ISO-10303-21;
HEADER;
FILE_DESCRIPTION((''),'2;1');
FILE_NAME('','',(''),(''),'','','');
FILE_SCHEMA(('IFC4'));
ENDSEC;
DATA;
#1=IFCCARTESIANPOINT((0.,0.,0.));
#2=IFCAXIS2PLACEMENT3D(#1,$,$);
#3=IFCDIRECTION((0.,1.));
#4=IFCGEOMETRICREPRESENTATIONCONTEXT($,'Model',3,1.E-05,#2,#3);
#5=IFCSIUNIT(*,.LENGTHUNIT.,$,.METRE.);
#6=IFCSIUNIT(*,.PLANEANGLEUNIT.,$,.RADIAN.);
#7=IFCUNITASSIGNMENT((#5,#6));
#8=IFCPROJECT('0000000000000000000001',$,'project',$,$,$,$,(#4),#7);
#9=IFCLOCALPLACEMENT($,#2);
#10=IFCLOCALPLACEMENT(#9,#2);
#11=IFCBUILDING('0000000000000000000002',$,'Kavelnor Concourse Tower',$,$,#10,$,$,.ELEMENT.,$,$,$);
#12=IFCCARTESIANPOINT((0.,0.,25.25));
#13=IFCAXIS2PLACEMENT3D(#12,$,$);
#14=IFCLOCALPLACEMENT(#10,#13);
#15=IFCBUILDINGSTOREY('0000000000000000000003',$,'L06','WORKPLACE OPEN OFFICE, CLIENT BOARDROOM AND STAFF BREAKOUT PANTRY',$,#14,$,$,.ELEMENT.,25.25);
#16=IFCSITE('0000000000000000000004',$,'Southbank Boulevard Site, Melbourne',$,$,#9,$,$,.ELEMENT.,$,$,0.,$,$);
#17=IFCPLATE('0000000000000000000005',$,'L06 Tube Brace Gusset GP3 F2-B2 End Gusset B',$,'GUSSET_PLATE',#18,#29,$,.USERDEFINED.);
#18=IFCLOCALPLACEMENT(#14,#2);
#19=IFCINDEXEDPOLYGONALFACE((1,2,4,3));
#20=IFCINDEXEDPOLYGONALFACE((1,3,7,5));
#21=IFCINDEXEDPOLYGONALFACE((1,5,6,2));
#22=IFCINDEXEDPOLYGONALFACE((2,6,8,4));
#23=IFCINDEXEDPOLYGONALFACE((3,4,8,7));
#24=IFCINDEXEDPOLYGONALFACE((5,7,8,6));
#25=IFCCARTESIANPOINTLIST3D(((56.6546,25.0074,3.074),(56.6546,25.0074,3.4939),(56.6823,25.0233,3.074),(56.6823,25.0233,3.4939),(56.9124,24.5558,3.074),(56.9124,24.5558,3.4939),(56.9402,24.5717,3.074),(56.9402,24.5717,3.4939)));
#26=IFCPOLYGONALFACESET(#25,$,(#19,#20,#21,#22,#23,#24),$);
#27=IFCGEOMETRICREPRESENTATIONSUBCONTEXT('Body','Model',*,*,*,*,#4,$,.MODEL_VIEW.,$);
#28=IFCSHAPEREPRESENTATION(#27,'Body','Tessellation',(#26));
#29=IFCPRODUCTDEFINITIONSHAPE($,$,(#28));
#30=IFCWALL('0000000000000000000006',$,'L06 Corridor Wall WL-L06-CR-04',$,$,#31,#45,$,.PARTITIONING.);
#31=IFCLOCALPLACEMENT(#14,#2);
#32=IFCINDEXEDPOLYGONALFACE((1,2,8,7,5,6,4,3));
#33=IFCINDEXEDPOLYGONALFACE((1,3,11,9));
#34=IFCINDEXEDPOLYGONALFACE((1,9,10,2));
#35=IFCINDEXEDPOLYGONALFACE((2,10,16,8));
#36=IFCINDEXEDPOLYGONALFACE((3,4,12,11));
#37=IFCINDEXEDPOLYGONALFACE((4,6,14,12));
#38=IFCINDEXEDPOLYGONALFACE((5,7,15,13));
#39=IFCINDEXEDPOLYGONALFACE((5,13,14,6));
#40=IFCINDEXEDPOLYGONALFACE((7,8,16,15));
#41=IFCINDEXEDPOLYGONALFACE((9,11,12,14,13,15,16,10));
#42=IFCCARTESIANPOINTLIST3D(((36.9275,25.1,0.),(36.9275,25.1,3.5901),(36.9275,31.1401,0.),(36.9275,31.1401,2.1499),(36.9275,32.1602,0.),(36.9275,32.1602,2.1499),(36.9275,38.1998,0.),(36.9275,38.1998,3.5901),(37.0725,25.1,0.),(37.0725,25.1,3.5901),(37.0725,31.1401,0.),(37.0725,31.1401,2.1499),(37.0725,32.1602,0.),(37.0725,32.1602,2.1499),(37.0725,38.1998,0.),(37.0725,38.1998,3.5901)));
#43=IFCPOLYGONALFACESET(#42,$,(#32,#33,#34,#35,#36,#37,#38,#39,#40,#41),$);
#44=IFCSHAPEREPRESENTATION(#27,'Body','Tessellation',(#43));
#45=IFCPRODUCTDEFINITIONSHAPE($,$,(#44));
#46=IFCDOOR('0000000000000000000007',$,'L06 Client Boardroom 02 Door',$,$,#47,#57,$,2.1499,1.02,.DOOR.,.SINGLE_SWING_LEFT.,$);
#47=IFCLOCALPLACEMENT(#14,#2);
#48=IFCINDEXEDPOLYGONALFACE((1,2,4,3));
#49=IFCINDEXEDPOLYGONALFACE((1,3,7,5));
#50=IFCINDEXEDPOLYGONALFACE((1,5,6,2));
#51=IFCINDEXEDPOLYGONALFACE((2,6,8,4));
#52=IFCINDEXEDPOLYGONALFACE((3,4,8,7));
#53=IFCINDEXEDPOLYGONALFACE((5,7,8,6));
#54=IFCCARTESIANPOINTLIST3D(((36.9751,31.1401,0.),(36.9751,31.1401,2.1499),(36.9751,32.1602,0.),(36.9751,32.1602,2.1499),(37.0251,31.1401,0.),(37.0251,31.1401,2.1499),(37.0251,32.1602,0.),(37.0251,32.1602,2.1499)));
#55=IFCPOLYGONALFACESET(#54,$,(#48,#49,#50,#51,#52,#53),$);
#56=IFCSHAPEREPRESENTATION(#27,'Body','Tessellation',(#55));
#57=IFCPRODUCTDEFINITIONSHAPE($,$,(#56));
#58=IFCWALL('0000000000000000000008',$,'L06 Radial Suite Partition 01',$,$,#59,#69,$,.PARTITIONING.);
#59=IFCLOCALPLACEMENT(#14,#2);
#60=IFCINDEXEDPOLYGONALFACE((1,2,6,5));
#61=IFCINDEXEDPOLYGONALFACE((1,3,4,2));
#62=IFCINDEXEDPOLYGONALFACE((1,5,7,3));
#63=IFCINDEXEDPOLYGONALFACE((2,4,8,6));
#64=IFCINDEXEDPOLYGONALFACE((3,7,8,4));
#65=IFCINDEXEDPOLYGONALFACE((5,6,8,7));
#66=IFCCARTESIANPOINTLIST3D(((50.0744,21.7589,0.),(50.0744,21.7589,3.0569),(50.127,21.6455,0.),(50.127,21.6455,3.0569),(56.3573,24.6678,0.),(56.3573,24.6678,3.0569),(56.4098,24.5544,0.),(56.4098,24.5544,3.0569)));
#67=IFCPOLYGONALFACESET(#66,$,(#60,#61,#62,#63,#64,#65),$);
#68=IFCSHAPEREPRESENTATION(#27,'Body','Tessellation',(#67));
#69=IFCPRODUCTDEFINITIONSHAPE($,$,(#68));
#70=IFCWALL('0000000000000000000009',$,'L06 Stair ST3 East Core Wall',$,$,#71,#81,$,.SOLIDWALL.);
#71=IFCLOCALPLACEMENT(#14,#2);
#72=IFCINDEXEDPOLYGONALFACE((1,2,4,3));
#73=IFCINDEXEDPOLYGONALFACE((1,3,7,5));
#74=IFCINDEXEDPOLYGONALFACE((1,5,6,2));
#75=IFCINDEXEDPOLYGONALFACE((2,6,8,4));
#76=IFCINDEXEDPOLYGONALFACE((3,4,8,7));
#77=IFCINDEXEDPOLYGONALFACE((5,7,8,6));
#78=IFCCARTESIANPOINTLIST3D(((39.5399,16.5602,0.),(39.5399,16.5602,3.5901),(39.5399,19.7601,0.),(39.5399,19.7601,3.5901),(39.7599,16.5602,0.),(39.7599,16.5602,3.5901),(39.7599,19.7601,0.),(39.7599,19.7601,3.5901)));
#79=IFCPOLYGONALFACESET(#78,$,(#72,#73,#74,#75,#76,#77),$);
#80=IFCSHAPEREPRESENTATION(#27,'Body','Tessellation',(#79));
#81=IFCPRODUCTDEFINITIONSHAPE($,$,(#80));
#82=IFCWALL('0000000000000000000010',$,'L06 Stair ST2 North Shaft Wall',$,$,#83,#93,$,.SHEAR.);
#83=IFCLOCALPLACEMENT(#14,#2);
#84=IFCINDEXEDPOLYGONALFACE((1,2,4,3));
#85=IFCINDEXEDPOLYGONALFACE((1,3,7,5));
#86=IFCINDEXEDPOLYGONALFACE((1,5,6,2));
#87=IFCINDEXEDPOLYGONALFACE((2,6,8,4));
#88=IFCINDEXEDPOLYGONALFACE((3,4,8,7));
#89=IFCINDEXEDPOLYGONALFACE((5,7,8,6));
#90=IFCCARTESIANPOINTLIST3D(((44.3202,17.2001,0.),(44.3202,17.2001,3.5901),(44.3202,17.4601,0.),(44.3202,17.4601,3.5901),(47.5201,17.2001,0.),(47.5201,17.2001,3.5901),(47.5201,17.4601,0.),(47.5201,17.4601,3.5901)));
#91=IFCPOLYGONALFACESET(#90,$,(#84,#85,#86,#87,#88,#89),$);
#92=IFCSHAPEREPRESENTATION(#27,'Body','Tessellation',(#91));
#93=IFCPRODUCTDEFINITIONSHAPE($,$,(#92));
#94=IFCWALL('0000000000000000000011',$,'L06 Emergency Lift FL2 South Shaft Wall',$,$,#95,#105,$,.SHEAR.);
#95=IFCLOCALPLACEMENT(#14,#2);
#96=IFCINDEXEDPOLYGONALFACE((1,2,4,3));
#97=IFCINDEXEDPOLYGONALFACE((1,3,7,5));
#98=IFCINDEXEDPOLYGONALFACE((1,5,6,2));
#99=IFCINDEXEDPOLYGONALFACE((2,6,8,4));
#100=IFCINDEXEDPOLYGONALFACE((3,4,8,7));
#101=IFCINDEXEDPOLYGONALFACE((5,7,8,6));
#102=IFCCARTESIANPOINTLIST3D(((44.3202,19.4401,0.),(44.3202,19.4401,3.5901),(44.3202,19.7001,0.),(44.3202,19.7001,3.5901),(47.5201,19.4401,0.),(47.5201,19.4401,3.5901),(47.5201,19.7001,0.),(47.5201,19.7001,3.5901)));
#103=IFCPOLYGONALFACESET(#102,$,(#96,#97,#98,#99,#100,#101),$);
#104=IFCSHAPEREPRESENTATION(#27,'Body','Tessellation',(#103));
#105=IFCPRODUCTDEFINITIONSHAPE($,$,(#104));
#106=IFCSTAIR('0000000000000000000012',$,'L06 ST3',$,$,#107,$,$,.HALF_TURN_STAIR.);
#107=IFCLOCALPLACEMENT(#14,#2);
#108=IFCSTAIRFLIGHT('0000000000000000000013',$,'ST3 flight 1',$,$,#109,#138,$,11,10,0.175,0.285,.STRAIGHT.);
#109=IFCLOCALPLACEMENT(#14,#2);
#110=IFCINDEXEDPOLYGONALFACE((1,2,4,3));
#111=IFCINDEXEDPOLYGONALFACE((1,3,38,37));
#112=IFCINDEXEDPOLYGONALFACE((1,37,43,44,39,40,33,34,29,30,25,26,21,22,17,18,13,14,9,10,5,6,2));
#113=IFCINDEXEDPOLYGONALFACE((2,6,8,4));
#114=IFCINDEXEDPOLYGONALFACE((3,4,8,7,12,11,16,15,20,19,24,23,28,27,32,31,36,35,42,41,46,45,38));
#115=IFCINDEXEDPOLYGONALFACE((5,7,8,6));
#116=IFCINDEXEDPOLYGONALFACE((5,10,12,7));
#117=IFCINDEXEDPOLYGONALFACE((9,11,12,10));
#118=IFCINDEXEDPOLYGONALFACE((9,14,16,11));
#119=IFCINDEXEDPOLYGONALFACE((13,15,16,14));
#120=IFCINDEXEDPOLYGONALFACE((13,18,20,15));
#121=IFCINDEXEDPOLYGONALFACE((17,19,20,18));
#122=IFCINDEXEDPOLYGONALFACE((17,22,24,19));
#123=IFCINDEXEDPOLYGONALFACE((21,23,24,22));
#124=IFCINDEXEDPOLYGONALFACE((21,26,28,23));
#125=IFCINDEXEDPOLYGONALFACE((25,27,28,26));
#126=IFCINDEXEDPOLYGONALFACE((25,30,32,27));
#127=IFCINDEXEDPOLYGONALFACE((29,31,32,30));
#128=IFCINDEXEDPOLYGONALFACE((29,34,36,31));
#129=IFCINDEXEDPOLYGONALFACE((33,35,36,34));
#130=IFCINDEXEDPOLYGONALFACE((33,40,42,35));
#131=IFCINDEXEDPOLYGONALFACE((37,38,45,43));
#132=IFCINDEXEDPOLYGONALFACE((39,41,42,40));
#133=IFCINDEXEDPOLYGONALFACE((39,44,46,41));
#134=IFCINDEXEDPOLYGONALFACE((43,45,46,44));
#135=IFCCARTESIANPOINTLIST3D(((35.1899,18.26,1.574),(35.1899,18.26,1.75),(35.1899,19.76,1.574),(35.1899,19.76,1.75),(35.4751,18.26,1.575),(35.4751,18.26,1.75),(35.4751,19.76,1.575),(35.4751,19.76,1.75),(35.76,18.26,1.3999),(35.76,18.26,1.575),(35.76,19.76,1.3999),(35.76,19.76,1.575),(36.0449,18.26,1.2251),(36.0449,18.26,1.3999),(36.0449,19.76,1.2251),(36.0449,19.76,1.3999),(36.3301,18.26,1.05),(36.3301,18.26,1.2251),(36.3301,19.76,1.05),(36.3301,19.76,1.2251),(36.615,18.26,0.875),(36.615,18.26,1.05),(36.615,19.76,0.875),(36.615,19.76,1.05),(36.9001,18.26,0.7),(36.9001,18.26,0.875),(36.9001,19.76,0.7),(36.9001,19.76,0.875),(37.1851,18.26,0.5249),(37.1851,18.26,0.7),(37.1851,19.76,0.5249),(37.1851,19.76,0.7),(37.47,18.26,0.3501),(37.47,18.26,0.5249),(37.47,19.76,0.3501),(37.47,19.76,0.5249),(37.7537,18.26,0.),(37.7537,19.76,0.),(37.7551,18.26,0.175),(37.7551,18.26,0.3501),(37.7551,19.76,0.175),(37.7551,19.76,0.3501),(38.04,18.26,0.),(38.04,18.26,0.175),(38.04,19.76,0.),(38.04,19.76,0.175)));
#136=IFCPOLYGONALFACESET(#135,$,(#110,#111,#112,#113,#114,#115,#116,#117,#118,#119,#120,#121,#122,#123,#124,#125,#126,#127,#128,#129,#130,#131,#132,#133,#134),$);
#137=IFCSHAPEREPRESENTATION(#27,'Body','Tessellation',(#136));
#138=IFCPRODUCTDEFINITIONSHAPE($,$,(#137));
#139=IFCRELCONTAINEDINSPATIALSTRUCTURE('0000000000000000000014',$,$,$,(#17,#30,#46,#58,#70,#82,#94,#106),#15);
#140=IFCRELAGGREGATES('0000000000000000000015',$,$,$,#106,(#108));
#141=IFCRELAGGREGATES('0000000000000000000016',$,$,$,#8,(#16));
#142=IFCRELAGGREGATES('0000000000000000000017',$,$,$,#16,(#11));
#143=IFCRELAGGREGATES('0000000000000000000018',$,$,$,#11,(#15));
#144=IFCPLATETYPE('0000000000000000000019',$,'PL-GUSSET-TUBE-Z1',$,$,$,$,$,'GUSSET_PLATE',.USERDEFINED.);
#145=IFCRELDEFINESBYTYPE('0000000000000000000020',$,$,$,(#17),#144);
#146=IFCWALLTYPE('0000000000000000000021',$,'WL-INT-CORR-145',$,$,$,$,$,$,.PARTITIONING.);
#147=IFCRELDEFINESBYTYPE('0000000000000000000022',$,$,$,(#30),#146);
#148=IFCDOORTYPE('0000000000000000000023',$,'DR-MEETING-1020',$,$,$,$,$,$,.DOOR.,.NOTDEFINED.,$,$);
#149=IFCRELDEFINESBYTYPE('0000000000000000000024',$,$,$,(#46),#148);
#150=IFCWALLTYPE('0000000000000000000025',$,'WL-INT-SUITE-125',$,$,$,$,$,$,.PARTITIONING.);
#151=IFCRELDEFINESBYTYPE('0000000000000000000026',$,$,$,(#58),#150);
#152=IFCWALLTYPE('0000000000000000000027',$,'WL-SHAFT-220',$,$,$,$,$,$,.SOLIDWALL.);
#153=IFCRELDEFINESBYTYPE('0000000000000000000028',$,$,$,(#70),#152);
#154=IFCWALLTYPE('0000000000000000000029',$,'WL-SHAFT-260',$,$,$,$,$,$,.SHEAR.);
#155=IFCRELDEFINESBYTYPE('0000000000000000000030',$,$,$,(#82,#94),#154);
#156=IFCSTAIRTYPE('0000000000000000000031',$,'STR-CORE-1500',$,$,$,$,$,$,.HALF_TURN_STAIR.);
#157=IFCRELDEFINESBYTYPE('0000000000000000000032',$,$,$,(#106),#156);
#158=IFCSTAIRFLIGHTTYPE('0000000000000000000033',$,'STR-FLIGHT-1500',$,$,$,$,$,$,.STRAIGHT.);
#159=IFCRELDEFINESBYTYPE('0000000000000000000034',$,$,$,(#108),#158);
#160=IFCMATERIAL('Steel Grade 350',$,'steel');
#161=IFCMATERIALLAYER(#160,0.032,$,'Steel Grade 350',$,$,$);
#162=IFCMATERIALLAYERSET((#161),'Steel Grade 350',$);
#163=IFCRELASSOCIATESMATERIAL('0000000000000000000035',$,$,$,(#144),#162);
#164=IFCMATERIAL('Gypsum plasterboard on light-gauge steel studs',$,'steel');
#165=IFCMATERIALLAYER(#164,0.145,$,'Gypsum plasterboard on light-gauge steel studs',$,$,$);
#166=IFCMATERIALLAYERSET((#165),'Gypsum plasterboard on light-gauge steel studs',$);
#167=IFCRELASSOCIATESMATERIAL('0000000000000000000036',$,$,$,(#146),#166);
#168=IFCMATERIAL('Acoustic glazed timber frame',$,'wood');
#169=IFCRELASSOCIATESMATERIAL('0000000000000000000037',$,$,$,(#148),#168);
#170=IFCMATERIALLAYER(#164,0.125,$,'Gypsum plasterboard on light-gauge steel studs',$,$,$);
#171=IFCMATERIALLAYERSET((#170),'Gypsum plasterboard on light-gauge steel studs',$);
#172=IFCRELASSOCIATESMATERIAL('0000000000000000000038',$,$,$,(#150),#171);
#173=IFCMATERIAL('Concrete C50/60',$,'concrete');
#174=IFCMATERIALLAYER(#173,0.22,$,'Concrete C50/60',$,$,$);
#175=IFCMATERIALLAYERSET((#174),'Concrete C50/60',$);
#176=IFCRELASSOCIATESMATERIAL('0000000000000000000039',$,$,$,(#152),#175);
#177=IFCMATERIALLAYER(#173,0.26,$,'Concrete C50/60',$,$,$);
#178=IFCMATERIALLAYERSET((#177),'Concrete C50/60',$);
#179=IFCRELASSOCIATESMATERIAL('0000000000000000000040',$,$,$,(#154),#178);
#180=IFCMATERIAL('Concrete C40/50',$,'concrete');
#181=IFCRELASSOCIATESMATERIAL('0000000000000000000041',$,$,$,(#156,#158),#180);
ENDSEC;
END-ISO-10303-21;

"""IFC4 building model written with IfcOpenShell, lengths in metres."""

from ifc_helpers import new_model, si_unit, direction, frame, frame_2d, origin, origin_2d, place, context, subcontext, project, spatial, polyline, rectangle, outline, extrude, material, layer, layer_set, type_object, element, fill, aggregate, save


model = new_model("IFC4")

# Units and contexts
model_context = context("Model", 3, precision=1e-05, world=origin(), true_north=direction((0.0, 1.0)))
body_context = subcontext(model_context, "Body", "Model", "MODEL_VIEW")
ifc_project = project(units=[si_unit("LENGTHUNIT", "METRE"), si_unit("PLANEANGLEUNIT", "RADIAN")], contexts=[model_context])

# Site, building, storey
site_placement = place(None, origin())
site = spatial("IfcSite", under=ifc_project, at=site_placement, Name="Southbank Boulevard Site, Melbourne", CompositionType="ELEMENT", RefElevation=0.0)
building_placement = place(site_placement, origin())
building = spatial("IfcBuilding", under=site, at=building_placement, Name="Kavelnor Concourse Tower", CompositionType="ELEMENT")
storey_placement = place(building_placement, frame((0.0, 0.0, 25.25)))
storey = spatial("IfcBuildingStorey", under=building, at=storey_placement, Name="L06", Description="WORKPLACE OPEN OFFICE, CLIENT BOARDROOM AND STAFF BREAKOUT PANTRY", CompositionType="ELEMENT", Elevation=25.25)

# Shared definitions
ifc_material_1 = material(Name="Steel Grade 350", Category="steel")

# Plate
ifc_layer_1 = layer(ifc_material_1, 0.032, Name="Steel Grade 350")
ifc_layer_set_1 = layer_set([ifc_layer_1], Name="Steel Grade 350")
plate_type = type_object("IfcPlateType", Name="PL-GUSSET-TUBE-Z1", ElementType="GUSSET_PLATE", PredefinedType="USERDEFINED", material=ifc_layer_set_1)
plate_placement = place(storey_placement, frame((56.7974, 24.7896, 3.074), z_axis=(0.0, 0.0, 1.0), x_axis=(0.495762, -0.868459, 0.0)))
element("IfcPlate", 1, at=plate_placement, inside=storey, type_object=plate_type, Name="L06 Tube Brace Gusset GP3 F2-B2 End Gusset B", ObjectType="GUSSET_PLATE", PredefinedType="USERDEFINED", context=body_context, shape_type="SweptSolid", body=[
    extrude(rectangle(XDim=0.52, YDim=0.032, at=origin_2d()), origin(), (0.0, 0.0, 1.0), 0.4199),
])

# Wall, opening, door
ifc_material_2 = material(Name="Gypsum plasterboard on light-gauge steel studs", Category="steel")
ifc_layer_2 = layer(ifc_material_2, 0.145, Name="Gypsum plasterboard on light-gauge steel studs")
ifc_layer_set_2 = layer_set([ifc_layer_2], Name="Gypsum plasterboard on light-gauge steel studs")
wall_type_1 = type_object("IfcWallType", Name="WL-INT-CORR-145", PredefinedType="PARTITIONING", material=ifc_layer_set_2)
wall_1_placement = place(storey_placement, frame((37.0, 25.1001, 0.0), z_axis=(0.0, 0.0, 1.0), x_axis=(0.0, 1.0, 0.0)))
wall_1 = element("IfcWall", 2, at=wall_1_placement, inside=storey, type_object=wall_type_1, Name="L06 Corridor Wall WL-L06-CR-04", PredefinedType="PARTITIONING", context=body_context, shape_type="SweptSolid", body=[
    extrude(rectangle(XDim=13.0999, YDim=0.145, at=frame_2d((6.5498, 0.0))), origin(), (0.0, 0.0, 1.0), 3.5901),
])
opening_placement = place(wall_1_placement, frame((6.04, 0.0, 0.0)))
opening = element("IfcOpeningElement", 3, at=opening_placement, cuts=wall_1, PredefinedType="OPENING", context=body_context, shape_type="SweptSolid", body=[
    extrude(rectangle(XDim=1.02, YDim=2.1499, at=frame_2d((0.51, 1.075))), frame((0.0, 0.0825, 0.0), z_axis=(0.0, -1.0, 0.0), x_axis=(1.0, 0.0, 0.0)), (0.0, 0.0, 1.0), 0.165),
])
ifc_material_3 = material(Name="Acoustic glazed timber frame", Category="wood")
door_type = type_object("IfcDoorType", Name="DR-MEETING-1020", OperationType="NOTDEFINED", PredefinedType="DOOR", material=ifc_material_3)
door_placement = place(opening_placement, origin())
door = element("IfcDoor", 4, at=door_placement, inside=storey, type_object=door_type, Name="L06 Client Boardroom 02 Door", OperationType="SINGLE_SWING_LEFT", OverallHeight=2.1499, OverallWidth=1.02, PredefinedType="DOOR", context=body_context, shape_type="SweptSolid", body=[
    extrude(rectangle(XDim=1.02, YDim=2.1499, at=frame_2d((0.51, 1.075))), frame((0.0, 0.0249, 0.0), z_axis=(0.0, -1.0, 0.0), x_axis=(1.0, 0.0, 0.0)), (0.0, 0.0, 1.0), 0.05),
])
fill(opening, door)

# Walls
ifc_layer_3 = layer(ifc_material_2, 0.125, Name="Gypsum plasterboard on light-gauge steel studs")
ifc_layer_set_3 = layer_set([ifc_layer_3], Name="Gypsum plasterboard on light-gauge steel studs")
wall_type_2 = type_object("IfcWallType", Name="WL-INT-SUITE-125", PredefinedType="PARTITIONING", material=ifc_layer_set_3)
wall_2_placement = place(storey_placement, frame((50.1006, 21.7021, 0.0), z_axis=(0.0, 0.0, 1.0), x_axis=(0.907458, 0.420142, 0.0)))
element("IfcWall", 5, at=wall_2_placement, inside=storey, type_object=wall_type_2, Name="L06 Radial Suite Partition 01", PredefinedType="PARTITIONING", context=body_context, shape_type="SweptSolid", body=[
    extrude(rectangle(XDim=6.9236, YDim=0.125, at=frame_2d((3.4619, 0.0))), origin(), (0.0, 0.0, 1.0), 3.0569),
])
ifc_material_4 = material(Name="Concrete C50/60", Category="concrete")
ifc_layer_4 = layer(ifc_material_4, 0.22, Name="Concrete C50/60")
ifc_layer_set_4 = layer_set([ifc_layer_4], Name="Concrete C50/60")
wall_type_3 = type_object("IfcWallType", Name="WL-SHAFT-220", PredefinedType="SOLIDWALL", material=ifc_layer_set_4)
wall_3_placement = place(storey_placement, frame((39.6499, 16.5601, 0.0), z_axis=(0.0, 0.0, 1.0), x_axis=(0.0, 1.0, 0.0)))
element("IfcWall", 6, at=wall_3_placement, inside=storey, type_object=wall_type_3, Name="L06 Stair ST3 East Core Wall", PredefinedType="SOLIDWALL", context=body_context, shape_type="SweptSolid", body=[
    extrude(rectangle(XDim=3.2, YDim=0.22, at=frame_2d((1.6001, 0.0))), origin(), (0.0, 0.0, 1.0), 3.5901),
])
ifc_layer_5 = layer(ifc_material_4, 0.26, Name="Concrete C50/60")
ifc_layer_set_5 = layer_set([ifc_layer_5], Name="Concrete C50/60")
wall_type_4 = type_object("IfcWallType", Name="WL-SHAFT-260", PredefinedType="SHEAR", material=ifc_layer_set_5)
for number, where, z_axis, x_axis, name in (
    (7, (44.3201, 17.3301, 0.0), (0.0, 0.0, 1.0), (1.0, 0.0, 0.0), "L06 Stair ST2 North Shaft Wall"),
    (8, (44.3201, 19.5701, 0.0), (0.0, 0.0, 1.0), (1.0, 0.0, 0.0), "L06 Emergency Lift FL2 South Shaft Wall"),
):
    element("IfcWall", number, at=place(storey_placement, frame(where, z_axis=z_axis, x_axis=x_axis)), inside=storey, type_object=wall_type_4, Name=name, PredefinedType="SHEAR", context=body_context, shape_type="SweptSolid", body=[
        extrude(rectangle(XDim=3.2, YDim=0.26, at=frame_2d((1.6001, 0.0))), origin(), (0.0, 0.0, 1.0), 3.5901),
    ])

# Stair, stair flight
ifc_material_5 = material(Name="Concrete C40/50", Category="concrete")
stair_type = type_object("IfcStairType", Name="STR-CORE-1500", PredefinedType="HALF_TURN_STAIR", material=ifc_material_5)
stair_placement = place(storey_placement, origin())
stair = element("IfcStair", 9, at=stair_placement, inside=storey, type_object=stair_type, Name="L06 ST3", PredefinedType="HALF_TURN_STAIR")
stair_flight_type = type_object("IfcStairFlightType", Name="STR-FLIGHT-1500", PredefinedType="STRAIGHT", material=ifc_material_5)
stair_flight_placement = place(storey_placement, frame((38.04, 19.01, 0.0), z_axis=(0.0, 0.0, 1.0), x_axis=(-1.0, 0.0, 0.0)))
stair_flight = element("IfcStairFlight", 10, at=stair_flight_placement, type_object=stair_flight_type, Name="ST3 flight 1", NumberOfRisers=11, NumberOfTreads=10, PredefinedType="STRAIGHT", RiserHeight=0.175, TreadLength=0.285, context=body_context, shape_type="SweptSolid", body=[
    extrude(outline(polyline([(0.0, 0.0), (0.0, 0.175), (0.2849, 0.175), (0.2849, 0.3501), (0.5701, 0.3501), (0.5701, 0.5249), (0.855, 0.5249), (0.855, 0.7), (1.1399, 0.7), (1.1399, 0.875), (1.425, 0.875), (1.425, 1.05), (1.71, 1.05), (1.71, 1.2251), (1.9951, 1.2251), (1.9951, 1.3999), (2.28, 1.3999), (2.28, 1.575), (2.5649, 1.575), (2.5649, 1.75), (2.8501, 1.75), (2.8501, 1.925), (2.8501, 1.574), (0.2864, 0.0), (0.0, 0.0)])), frame((0.0, 0.75, 0.0), z_axis=(0.0, -1.0, 0.0), x_axis=(1.0, 0.0, 0.0)), (0.0, 0.0, 1.0), 1.5),
])
aggregate(stair, [stair_flight])

save(model, "model.ifc")
